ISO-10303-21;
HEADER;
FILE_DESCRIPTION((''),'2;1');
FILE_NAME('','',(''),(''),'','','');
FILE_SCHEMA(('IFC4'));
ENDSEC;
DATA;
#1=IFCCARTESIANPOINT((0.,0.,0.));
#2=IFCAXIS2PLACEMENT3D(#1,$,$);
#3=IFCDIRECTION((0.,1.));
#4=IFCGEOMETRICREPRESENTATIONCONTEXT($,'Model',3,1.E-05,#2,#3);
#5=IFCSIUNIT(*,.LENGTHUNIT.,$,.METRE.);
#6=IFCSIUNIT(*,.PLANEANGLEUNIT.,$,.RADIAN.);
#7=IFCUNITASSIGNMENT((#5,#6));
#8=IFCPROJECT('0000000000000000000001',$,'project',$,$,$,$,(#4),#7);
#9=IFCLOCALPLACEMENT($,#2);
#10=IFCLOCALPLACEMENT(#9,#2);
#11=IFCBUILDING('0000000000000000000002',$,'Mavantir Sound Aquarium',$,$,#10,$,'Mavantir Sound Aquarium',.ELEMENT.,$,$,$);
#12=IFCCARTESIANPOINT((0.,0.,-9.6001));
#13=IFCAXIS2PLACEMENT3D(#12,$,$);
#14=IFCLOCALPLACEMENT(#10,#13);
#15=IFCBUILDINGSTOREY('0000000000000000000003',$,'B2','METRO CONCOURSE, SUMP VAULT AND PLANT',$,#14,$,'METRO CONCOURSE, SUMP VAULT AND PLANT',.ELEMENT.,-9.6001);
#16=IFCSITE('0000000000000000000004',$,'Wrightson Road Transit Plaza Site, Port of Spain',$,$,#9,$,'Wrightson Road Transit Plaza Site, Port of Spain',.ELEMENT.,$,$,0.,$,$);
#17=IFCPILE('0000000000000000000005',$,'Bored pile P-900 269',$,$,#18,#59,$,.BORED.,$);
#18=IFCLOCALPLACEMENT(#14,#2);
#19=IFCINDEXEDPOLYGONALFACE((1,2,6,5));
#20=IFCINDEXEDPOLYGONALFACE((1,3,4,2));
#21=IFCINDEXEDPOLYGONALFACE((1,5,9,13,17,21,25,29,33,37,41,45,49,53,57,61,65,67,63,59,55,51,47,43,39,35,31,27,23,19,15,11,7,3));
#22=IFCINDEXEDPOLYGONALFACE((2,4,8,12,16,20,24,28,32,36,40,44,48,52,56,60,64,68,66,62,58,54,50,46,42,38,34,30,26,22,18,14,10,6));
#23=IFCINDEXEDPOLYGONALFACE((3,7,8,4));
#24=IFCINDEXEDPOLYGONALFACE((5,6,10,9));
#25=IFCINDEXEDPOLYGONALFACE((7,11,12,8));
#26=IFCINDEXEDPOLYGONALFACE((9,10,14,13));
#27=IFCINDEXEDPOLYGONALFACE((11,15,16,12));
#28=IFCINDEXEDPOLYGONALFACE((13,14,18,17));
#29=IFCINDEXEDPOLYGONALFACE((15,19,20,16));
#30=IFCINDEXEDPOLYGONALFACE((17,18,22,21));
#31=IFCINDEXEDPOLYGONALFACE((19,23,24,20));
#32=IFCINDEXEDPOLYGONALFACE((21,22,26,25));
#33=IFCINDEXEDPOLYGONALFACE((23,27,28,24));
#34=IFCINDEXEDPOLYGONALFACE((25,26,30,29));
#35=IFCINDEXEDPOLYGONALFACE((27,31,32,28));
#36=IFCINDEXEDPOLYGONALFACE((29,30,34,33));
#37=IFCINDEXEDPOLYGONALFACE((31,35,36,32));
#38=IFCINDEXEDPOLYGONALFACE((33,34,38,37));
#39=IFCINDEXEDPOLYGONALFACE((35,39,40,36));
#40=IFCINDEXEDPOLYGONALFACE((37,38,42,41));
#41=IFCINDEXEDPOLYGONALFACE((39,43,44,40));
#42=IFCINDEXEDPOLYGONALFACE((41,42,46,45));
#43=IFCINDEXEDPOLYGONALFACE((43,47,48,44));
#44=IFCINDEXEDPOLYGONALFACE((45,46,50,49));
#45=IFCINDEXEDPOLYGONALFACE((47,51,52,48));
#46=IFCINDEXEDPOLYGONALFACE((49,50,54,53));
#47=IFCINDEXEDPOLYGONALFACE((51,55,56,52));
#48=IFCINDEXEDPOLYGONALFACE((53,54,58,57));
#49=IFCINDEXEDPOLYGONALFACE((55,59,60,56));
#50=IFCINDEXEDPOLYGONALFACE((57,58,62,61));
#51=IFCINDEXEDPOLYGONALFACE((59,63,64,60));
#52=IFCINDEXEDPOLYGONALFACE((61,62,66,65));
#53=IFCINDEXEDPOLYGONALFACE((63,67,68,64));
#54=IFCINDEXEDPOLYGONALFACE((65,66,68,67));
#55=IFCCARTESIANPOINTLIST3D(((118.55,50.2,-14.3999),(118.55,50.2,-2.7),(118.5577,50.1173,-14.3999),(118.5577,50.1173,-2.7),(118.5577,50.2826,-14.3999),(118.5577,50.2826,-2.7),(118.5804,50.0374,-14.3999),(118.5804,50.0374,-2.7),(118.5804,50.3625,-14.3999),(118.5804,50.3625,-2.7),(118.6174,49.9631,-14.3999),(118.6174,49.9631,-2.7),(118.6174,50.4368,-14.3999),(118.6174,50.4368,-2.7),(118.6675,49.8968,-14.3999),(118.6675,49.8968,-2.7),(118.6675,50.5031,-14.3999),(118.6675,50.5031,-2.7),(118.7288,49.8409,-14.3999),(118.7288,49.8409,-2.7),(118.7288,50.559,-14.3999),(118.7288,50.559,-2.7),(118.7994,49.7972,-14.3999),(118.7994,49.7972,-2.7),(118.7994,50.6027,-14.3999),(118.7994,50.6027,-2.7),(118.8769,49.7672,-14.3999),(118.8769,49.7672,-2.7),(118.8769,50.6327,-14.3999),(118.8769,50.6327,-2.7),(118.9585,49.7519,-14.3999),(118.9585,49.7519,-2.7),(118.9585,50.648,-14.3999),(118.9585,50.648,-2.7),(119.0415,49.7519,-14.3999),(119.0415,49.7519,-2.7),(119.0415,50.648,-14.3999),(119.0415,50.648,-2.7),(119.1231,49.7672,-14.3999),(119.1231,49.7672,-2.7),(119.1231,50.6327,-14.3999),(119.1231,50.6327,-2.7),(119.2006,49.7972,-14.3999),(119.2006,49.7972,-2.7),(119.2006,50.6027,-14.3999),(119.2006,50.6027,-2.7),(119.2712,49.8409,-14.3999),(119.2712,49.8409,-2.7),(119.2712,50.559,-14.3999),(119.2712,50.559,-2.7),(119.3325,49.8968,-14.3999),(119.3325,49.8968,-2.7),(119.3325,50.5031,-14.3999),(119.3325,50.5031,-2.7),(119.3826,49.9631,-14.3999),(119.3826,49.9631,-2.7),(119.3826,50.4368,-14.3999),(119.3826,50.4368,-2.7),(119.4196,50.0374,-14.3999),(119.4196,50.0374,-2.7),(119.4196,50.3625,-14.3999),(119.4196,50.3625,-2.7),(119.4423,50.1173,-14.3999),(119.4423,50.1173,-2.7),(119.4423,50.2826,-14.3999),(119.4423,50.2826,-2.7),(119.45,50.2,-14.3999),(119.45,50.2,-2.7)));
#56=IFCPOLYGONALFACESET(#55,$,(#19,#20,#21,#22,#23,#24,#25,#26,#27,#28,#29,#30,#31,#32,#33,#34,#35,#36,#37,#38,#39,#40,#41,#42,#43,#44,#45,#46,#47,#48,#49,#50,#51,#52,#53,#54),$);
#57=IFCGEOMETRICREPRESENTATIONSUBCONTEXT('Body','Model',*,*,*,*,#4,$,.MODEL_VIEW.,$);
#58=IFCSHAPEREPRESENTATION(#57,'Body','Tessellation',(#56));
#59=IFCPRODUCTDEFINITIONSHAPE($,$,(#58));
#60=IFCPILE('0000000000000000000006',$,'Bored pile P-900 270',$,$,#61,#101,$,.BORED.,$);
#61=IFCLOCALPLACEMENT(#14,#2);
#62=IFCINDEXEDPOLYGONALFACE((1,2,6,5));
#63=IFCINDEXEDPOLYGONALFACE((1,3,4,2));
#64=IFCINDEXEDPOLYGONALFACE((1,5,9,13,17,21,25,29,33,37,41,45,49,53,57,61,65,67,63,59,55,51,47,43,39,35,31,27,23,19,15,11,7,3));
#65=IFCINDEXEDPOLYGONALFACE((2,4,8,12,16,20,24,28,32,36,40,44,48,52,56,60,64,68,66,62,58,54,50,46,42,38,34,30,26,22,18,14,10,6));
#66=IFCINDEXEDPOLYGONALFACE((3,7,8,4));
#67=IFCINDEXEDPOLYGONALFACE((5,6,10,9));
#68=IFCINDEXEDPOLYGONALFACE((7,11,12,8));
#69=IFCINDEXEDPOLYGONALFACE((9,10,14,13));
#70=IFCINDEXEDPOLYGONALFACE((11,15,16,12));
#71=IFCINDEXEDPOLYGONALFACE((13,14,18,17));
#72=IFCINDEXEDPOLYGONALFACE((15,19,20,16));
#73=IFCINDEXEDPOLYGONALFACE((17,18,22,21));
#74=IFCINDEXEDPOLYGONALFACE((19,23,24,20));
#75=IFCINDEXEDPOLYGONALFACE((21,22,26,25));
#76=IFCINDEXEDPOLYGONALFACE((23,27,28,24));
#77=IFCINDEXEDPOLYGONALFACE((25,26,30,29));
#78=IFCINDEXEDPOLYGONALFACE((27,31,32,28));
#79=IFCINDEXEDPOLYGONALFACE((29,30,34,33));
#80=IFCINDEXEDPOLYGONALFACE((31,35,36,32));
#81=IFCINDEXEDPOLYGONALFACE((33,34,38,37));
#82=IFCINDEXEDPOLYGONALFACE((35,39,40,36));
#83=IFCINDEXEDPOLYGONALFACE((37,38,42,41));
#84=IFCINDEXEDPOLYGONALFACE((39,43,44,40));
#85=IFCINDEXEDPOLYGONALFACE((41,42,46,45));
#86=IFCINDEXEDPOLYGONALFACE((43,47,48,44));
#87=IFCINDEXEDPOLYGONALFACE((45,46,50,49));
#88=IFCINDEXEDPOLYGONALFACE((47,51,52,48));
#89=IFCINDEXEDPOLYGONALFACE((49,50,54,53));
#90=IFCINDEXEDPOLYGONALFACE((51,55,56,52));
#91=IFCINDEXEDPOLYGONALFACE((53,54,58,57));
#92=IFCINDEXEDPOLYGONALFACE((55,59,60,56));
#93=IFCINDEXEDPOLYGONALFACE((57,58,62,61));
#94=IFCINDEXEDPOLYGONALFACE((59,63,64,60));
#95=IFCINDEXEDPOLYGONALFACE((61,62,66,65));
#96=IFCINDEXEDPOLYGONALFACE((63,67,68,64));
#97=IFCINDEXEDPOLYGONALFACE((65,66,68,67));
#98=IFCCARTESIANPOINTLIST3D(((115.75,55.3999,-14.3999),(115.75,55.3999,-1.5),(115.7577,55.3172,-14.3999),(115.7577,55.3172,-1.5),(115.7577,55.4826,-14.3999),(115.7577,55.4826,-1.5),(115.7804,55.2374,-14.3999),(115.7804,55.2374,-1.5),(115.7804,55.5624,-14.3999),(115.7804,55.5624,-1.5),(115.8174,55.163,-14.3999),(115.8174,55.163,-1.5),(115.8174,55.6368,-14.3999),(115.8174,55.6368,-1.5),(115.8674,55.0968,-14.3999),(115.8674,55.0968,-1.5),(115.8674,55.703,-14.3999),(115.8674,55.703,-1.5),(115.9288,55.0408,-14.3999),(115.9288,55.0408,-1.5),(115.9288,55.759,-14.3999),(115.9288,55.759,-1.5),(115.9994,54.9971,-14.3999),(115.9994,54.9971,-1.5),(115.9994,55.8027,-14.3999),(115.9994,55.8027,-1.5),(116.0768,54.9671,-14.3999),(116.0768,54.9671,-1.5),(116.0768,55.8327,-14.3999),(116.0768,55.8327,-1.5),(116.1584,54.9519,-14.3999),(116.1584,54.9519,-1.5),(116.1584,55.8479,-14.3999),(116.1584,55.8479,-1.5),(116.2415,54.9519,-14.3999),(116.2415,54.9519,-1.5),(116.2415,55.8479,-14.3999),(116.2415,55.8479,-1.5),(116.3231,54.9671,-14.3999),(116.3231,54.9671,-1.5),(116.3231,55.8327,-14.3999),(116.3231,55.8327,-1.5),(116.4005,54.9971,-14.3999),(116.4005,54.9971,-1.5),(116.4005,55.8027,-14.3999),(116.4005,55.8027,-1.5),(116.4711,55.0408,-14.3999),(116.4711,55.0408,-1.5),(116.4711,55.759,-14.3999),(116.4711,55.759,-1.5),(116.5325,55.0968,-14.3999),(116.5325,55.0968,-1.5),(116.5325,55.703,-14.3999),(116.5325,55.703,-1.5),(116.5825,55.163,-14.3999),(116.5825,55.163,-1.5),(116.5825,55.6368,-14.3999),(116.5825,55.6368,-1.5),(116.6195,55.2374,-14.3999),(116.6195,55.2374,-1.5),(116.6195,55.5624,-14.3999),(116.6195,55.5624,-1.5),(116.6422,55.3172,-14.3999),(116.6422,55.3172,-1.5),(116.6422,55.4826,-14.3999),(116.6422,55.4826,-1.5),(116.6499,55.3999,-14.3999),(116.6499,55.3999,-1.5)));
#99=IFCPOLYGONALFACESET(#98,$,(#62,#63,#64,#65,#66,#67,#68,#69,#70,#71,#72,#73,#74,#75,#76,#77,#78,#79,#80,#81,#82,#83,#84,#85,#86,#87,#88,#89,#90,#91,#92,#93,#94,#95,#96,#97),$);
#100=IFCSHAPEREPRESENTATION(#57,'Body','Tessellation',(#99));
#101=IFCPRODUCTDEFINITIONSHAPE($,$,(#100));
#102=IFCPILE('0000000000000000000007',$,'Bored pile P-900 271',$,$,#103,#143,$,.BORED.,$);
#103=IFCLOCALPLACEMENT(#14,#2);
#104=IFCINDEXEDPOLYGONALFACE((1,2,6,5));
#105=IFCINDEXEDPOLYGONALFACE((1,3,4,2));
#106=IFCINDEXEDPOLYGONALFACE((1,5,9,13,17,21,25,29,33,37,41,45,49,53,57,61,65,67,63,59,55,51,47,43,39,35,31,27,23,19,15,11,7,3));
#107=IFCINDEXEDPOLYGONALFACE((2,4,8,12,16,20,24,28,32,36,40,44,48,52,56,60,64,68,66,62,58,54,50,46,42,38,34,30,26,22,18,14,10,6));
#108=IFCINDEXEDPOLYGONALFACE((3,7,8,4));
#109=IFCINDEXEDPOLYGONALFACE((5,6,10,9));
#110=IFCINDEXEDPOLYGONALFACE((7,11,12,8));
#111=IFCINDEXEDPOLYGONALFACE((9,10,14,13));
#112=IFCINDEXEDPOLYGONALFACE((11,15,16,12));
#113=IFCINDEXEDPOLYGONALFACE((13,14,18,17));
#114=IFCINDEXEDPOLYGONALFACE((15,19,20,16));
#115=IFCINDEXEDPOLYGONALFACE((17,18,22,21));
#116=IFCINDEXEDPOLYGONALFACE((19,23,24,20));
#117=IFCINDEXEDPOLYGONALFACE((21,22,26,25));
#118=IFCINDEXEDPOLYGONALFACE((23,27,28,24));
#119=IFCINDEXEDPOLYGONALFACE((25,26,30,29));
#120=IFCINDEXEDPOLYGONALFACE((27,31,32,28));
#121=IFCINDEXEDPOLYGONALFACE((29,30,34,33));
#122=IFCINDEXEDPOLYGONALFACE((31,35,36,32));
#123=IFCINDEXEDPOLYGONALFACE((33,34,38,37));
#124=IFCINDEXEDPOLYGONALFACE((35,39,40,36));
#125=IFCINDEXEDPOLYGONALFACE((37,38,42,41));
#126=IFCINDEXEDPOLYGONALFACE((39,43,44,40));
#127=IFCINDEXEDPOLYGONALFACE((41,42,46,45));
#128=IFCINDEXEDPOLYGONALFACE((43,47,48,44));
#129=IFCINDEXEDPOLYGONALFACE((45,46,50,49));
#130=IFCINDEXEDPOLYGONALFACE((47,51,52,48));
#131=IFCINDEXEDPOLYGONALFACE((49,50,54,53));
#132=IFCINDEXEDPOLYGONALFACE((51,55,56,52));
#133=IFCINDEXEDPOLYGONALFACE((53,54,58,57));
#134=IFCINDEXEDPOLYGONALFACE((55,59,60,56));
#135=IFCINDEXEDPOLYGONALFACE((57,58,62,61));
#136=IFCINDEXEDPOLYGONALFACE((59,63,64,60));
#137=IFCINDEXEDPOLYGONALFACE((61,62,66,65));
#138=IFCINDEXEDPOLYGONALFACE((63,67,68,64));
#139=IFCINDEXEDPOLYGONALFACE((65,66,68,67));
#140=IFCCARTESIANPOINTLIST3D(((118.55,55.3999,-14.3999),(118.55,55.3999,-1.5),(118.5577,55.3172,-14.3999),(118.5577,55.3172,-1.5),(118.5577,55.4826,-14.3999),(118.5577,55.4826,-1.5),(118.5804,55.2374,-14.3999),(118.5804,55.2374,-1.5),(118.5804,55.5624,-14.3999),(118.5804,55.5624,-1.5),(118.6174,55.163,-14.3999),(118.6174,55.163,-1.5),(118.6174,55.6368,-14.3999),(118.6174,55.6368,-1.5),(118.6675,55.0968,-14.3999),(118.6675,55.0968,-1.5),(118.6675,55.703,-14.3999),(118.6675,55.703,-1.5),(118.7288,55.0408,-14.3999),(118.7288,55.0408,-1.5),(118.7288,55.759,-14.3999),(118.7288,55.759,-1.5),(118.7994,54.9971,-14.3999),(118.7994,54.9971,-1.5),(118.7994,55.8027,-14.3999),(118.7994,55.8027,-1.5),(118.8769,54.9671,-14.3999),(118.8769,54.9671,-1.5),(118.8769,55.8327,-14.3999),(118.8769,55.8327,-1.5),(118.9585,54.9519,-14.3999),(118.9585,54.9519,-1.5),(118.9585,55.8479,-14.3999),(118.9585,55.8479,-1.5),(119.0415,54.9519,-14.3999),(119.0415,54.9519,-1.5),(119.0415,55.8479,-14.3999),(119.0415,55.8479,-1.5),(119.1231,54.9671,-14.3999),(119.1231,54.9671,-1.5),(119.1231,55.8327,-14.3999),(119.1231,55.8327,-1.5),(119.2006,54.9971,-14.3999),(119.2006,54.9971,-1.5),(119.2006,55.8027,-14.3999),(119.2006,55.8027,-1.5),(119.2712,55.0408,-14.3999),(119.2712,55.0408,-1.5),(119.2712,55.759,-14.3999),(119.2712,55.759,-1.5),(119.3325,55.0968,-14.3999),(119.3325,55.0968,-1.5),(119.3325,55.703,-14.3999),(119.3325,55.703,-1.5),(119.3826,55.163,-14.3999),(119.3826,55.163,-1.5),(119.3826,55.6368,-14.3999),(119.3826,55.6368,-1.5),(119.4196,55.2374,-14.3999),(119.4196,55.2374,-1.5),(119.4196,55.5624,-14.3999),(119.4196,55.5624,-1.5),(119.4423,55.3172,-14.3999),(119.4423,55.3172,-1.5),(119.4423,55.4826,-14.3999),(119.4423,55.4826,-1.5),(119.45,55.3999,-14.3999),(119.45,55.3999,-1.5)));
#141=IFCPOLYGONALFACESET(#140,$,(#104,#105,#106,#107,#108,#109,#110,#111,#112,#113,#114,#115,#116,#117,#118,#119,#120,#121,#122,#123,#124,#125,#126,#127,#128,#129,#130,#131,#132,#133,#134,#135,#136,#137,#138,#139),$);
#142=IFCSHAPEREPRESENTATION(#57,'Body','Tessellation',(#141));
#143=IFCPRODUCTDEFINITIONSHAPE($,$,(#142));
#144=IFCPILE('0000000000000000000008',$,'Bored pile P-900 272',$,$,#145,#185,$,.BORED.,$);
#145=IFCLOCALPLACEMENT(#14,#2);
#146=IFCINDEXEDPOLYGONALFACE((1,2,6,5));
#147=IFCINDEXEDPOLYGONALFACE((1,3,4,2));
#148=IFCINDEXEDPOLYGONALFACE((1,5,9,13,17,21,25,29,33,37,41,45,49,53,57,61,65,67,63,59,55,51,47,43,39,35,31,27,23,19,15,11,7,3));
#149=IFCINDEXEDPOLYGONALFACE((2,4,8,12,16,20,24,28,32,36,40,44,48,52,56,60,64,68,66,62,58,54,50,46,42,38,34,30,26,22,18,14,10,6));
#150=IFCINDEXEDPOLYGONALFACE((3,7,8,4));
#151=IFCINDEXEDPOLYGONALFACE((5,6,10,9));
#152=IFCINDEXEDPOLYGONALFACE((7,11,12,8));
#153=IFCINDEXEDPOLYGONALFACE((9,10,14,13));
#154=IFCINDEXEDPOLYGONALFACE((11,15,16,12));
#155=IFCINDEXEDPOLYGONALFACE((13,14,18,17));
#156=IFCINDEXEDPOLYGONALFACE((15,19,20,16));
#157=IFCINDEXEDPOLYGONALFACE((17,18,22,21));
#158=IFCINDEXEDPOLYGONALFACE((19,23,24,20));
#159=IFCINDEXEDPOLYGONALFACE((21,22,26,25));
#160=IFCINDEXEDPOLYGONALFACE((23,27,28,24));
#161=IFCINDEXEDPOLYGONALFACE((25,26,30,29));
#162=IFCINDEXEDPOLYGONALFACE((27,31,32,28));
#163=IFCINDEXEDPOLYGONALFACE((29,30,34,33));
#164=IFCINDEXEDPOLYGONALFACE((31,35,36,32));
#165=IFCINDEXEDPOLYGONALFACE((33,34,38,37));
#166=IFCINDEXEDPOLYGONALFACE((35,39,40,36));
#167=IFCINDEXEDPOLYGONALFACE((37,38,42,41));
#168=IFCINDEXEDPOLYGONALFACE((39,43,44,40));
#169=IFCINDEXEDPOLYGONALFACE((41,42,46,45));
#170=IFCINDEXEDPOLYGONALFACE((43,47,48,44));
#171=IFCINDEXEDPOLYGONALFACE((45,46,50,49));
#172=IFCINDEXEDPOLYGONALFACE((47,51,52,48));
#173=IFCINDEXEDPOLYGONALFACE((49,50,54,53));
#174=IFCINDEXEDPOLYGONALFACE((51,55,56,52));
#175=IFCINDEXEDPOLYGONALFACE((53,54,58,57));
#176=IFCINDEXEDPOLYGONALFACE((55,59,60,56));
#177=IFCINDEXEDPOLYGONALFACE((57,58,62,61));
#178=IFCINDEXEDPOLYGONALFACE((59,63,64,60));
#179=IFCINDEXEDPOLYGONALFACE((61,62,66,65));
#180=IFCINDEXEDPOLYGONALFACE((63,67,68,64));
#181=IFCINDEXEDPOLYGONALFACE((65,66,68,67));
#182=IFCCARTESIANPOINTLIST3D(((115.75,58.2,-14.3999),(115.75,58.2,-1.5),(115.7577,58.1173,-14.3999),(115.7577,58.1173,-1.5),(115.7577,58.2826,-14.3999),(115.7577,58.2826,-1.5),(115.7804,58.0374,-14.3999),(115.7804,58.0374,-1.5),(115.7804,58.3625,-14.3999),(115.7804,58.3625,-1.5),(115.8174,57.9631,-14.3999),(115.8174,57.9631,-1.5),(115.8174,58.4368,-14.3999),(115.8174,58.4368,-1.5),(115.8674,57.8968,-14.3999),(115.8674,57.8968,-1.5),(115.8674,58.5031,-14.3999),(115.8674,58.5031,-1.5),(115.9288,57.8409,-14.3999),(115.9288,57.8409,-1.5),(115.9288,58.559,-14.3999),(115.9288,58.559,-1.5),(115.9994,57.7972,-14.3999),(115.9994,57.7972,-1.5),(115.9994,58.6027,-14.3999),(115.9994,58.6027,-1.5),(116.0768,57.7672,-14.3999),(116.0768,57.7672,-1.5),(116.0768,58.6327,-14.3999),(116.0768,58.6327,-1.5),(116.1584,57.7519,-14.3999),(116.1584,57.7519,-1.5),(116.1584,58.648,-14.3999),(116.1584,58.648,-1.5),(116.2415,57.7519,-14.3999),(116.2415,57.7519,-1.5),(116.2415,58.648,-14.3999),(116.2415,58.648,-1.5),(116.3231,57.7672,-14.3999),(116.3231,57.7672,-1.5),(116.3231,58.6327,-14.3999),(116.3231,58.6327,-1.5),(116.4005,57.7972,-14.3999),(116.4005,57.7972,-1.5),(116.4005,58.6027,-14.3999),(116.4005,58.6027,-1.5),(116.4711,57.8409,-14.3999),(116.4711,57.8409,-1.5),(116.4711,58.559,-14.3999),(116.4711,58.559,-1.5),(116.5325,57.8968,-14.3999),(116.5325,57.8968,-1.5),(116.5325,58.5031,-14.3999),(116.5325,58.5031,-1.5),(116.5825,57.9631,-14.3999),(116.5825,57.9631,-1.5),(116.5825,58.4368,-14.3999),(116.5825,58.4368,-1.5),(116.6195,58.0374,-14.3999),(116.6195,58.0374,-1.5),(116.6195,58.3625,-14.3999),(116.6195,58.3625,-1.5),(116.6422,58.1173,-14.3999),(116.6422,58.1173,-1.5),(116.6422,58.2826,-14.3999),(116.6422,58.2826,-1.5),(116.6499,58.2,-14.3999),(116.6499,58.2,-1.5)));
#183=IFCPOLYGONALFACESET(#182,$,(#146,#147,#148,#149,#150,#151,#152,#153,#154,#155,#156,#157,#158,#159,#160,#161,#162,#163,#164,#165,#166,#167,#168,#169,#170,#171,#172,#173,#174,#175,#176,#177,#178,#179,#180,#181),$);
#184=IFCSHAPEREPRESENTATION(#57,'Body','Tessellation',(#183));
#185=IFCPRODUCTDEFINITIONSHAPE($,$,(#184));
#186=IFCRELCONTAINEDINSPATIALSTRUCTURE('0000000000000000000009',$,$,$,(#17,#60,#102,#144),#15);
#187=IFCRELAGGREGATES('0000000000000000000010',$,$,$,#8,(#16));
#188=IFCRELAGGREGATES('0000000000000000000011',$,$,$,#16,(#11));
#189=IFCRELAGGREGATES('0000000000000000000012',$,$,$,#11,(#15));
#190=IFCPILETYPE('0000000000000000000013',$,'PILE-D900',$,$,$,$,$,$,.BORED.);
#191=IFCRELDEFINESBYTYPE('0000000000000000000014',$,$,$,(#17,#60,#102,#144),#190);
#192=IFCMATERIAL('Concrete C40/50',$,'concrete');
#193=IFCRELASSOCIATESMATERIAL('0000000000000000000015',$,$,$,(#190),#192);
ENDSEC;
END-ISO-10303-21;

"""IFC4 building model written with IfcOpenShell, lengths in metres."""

from ifc_helpers import new_model, si_unit, direction, frame, origin, origin_2d, place, context, subcontext, project, spatial, circle, extrude, material, material_profile, profile_set, type_object, element, save


model = new_model("IFC4")

# Units and contexts
model_context = context("Model", 3, precision=1e-05, world=origin(), true_north=direction((0.0, 1.0)))
body_context = subcontext(model_context, "Body", "Model", "MODEL_VIEW")
ifc_project = project(units=[si_unit("LENGTHUNIT", "METRE"), si_unit("PLANEANGLEUNIT", "RADIAN")], contexts=[model_context])

# Site, building, storey
site_placement = place(None, origin())
site = spatial("IfcSite", under=ifc_project, at=site_placement, Name="Wrightson Road Transit Plaza Site, Port of Spain", LongName="Wrightson Road Transit Plaza Site, Port of Spain", CompositionType="ELEMENT", RefElevation=0.0)
building_placement = place(site_placement, origin())
building = spatial("IfcBuilding", under=site, at=building_placement, Name="Mavantir Sound Aquarium", LongName="Mavantir Sound Aquarium", CompositionType="ELEMENT")
storey_placement = place(building_placement, frame((0.0, 0.0, -9.6001)))
storey = spatial("IfcBuildingStorey", under=building, at=storey_placement, Name="B2", Description="METRO CONCOURSE, SUMP VAULT AND PLANT", LongName="METRO CONCOURSE, SUMP VAULT AND PLANT", CompositionType="ELEMENT", Elevation=-9.6001)

# Shared definitions
ifc_material_1 = material(Name="Concrete C40/50", Category="concrete")

# Piles
ifc_material_profile_1 = material_profile(ifc_material_1, circle(Radius=0.45, at=origin_2d()), Name="PILE D900")
ifc_profile_set_1 = profile_set([ifc_material_profile_1], Name="Concrete C40/50")
pile_type = type_object("IfcPileType", Name="PILE-D900", PredefinedType="BORED", material=ifc_profile_set_1)
for number, where, z_axis, x_axis, name in (
    (1, (119.0, 50.2, -2.7), (0.0, 0.0, -1.0), (1.0, 0.0, 0.0), "Bored pile P-900 269"),
):
    element("IfcPile", number, at=place(storey_placement, frame(where, z_axis=z_axis, x_axis=x_axis)), inside=storey, type_object=pile_type, Name=name, PredefinedType="BORED", context=body_context, shape_type="SweptSolid", body=[
        extrude(circle(Radius=0.45, at=origin_2d()), origin(), (0.0, 0.0, 1.0), 11.7),
    ])
for number, where, z_axis, x_axis, name in (
    (2, (116.2, 55.3999, -1.5), (0.0, 0.0, -1.0), (1.0, 0.0, 0.0), "Bored pile P-900 270"),
    (3, (119.0, 55.3999, -1.5), (0.0, 0.0, -1.0), (1.0, 0.0, 0.0), "Bored pile P-900 271"),
    (4, (116.2, 58.2, -1.5), (0.0, 0.0, -1.0), (1.0, 0.0, 0.0), "Bored pile P-900 272"),
):
    element("IfcPile", number, at=place(storey_placement, frame(where, z_axis=z_axis, x_axis=x_axis)), inside=storey, type_object=pile_type, Name=name, PredefinedType="BORED", context=body_context, shape_type="SweptSolid", body=[
        extrude(circle(Radius=0.45, at=origin_2d()), origin(), (0.0, 0.0, 1.0), 12.8999),
    ])

save(model, "model.ifc")
